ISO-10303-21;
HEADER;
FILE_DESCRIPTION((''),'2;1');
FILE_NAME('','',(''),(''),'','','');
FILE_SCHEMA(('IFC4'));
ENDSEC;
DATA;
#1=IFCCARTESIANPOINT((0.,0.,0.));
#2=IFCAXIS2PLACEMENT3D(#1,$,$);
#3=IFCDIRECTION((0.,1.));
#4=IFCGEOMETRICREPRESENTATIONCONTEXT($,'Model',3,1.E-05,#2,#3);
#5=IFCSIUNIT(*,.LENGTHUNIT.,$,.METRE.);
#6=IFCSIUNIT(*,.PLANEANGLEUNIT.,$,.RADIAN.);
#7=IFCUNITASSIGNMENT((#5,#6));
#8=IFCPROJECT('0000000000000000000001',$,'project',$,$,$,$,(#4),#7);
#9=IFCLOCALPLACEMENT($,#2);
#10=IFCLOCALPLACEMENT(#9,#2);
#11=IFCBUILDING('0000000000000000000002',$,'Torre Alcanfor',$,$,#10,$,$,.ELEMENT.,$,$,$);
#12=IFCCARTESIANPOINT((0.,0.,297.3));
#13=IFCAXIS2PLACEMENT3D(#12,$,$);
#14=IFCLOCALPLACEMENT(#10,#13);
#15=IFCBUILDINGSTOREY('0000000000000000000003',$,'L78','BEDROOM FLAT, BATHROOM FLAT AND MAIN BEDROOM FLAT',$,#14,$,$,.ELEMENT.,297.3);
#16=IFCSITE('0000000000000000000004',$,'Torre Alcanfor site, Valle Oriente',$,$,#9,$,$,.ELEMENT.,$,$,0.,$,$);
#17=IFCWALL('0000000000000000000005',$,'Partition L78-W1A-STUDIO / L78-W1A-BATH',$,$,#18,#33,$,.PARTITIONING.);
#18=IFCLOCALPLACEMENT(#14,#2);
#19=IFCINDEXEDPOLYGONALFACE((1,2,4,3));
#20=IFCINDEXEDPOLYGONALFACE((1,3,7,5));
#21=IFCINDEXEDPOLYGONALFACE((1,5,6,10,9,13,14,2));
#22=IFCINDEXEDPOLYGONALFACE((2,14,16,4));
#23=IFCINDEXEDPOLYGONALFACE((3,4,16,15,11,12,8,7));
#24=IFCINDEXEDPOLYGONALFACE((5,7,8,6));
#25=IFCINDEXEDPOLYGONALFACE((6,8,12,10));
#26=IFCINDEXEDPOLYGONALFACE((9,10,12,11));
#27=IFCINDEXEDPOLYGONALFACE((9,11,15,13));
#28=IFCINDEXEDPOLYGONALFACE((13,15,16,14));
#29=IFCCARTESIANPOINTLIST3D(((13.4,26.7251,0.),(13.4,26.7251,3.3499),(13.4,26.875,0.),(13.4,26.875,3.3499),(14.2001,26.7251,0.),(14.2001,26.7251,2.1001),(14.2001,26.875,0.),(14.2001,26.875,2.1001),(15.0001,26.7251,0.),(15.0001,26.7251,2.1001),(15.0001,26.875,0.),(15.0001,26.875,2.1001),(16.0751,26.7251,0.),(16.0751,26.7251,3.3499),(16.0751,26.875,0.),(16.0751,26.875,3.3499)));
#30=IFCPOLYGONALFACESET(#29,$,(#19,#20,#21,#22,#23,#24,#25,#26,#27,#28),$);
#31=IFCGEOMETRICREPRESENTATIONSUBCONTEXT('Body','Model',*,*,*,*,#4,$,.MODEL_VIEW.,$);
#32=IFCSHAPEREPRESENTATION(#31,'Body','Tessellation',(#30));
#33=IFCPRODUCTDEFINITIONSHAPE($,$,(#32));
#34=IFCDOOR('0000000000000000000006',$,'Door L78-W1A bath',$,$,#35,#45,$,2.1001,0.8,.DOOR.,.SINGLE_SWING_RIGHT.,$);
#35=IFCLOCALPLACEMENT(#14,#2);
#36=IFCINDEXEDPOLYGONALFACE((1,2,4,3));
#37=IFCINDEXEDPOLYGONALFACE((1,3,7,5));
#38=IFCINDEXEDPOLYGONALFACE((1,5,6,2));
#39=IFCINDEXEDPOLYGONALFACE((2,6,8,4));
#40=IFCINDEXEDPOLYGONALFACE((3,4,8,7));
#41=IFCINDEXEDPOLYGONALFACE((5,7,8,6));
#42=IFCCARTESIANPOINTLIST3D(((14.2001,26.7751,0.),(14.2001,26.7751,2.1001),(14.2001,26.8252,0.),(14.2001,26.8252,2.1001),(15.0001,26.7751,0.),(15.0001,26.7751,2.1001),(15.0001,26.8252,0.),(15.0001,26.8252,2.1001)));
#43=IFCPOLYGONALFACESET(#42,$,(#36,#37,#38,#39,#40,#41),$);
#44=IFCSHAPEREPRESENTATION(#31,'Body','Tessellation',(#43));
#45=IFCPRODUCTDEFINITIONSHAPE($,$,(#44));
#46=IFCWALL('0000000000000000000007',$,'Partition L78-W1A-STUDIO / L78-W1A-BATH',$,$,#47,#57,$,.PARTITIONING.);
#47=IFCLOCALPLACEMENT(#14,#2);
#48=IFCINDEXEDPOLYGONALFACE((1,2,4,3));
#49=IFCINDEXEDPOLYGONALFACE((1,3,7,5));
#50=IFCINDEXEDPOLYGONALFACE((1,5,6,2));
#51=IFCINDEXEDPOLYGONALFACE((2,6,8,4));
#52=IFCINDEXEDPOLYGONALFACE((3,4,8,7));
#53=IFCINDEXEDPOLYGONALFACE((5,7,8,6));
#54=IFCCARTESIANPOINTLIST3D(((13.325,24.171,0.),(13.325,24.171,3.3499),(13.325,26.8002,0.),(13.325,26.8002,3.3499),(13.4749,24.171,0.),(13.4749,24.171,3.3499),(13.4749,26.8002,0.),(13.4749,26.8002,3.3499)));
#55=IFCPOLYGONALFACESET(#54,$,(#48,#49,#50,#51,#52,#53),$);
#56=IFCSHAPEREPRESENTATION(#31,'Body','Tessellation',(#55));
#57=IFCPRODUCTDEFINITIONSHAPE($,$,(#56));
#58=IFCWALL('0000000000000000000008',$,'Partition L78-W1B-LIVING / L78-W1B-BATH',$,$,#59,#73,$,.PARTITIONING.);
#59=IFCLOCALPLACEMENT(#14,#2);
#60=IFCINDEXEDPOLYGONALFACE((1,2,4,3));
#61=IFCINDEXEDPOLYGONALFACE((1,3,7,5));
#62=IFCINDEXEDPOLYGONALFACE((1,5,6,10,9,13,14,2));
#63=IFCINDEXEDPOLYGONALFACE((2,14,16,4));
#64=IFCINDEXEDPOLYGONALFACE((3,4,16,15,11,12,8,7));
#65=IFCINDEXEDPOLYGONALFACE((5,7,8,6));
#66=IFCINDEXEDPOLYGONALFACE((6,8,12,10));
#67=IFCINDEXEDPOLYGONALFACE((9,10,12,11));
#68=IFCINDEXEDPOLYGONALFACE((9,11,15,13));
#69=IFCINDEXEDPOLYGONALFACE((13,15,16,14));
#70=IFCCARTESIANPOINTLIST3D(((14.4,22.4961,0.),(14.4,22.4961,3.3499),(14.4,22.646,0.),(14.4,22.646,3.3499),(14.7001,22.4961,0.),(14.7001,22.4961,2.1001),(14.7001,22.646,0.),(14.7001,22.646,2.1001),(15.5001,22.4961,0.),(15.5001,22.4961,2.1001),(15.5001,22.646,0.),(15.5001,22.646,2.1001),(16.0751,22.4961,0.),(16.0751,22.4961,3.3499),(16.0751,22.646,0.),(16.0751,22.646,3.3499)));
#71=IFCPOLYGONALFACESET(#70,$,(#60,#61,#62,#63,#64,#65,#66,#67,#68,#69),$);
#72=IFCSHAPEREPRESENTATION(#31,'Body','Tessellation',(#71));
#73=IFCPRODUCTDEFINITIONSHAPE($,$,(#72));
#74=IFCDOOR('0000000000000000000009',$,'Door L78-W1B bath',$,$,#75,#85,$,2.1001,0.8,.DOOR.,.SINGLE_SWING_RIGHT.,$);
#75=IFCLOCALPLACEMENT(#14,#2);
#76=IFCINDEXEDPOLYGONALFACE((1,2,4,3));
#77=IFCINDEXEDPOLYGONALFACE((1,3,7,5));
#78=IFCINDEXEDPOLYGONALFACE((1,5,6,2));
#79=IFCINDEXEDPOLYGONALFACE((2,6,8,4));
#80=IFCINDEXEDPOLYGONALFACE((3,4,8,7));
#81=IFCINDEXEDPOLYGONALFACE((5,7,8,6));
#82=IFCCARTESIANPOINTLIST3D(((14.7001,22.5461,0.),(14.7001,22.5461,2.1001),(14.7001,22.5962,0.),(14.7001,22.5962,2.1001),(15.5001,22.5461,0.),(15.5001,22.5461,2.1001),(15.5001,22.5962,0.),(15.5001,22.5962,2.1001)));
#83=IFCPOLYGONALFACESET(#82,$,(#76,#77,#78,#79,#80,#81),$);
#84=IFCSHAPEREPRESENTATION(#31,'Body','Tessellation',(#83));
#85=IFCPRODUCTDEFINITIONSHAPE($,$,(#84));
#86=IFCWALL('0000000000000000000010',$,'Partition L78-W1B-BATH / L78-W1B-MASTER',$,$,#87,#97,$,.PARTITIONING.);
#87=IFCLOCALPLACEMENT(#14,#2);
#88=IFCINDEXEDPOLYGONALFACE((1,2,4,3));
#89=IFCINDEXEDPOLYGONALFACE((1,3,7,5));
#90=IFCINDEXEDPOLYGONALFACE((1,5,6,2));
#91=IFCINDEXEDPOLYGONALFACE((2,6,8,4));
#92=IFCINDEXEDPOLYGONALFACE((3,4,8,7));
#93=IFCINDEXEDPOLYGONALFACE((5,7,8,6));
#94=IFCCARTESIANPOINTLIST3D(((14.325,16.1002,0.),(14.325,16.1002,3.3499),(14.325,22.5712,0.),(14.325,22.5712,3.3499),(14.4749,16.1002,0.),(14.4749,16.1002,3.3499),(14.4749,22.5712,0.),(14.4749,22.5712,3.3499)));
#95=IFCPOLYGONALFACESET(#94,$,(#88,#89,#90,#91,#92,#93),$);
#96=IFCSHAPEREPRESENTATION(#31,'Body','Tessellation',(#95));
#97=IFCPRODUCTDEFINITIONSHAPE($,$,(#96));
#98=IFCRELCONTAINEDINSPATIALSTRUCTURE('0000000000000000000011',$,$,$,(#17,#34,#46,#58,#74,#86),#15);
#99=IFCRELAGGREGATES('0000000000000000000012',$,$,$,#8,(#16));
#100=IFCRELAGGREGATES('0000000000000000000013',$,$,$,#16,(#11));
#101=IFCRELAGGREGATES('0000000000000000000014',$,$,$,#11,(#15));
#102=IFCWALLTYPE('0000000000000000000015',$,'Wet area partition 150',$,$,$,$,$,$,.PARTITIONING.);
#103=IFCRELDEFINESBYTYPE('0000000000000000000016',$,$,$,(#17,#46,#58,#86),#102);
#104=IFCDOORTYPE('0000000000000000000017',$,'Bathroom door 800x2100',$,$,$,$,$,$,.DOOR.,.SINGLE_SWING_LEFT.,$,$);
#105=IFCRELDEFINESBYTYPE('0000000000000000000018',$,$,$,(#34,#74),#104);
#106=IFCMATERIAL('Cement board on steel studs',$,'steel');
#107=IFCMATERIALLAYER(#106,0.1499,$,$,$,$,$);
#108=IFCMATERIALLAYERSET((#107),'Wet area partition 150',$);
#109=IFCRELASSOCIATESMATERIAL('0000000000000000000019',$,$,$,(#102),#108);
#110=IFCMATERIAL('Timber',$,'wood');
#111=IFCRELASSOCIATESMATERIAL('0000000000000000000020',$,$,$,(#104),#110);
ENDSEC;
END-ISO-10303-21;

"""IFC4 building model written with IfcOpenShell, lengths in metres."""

from ifc_helpers import new_model, si_unit, direction, frame, frame_2d, origin, place, context, subcontext, project, spatial, rectangle, extrude, material, layer, layer_set, type_object, element, fill, save


model = new_model("IFC4")

# Units and contexts
model_context = context("Model", 3, precision=1e-05, world=origin(), true_north=direction((0.0, 1.0)))
body_context = subcontext(model_context, "Body", "Model", "MODEL_VIEW")
ifc_project = project(units=[si_unit("LENGTHUNIT", "METRE"), si_unit("PLANEANGLEUNIT", "RADIAN")], contexts=[model_context])

# Site, building, storey
site_placement = place(None, origin())
site = spatial("IfcSite", under=ifc_project, at=site_placement, Name="Torre Alcanfor site, Valle Oriente", CompositionType="ELEMENT", RefElevation=0.0)
building_placement = place(site_placement, origin())
building = spatial("IfcBuilding", under=site, at=building_placement, Name="Torre Alcanfor", CompositionType="ELEMENT")
storey_placement = place(building_placement, frame((0.0, 0.0, 297.3)))
storey = spatial("IfcBuildingStorey", under=building, at=storey_placement, Name="L78", Description="BEDROOM FLAT, BATHROOM FLAT AND MAIN BEDROOM FLAT", CompositionType="ELEMENT", Elevation=297.3)

# Wall, opening, door
ifc_material_1 = material(Name="Cement board on steel studs", Category="steel")
ifc_layer_1 = layer(ifc_material_1, 0.1499)
ifc_layer_set_1 = layer_set([ifc_layer_1], Name="Wet area partition 150")
wall_type_1 = type_object("IfcWallType", Name="Wet area partition 150", PredefinedType="PARTITIONING", material=ifc_layer_set_1)
wall_1_placement = place(storey_placement, frame((16.075, 26.8, 0.0), z_axis=(0.0, 0.0, 1.0), x_axis=(-1.0, 0.0, 0.0)))
wall_1 = element("IfcWall", 1, at=wall_1_placement, inside=storey, type_object=wall_type_1, Name="Partition L78-W1A-STUDIO / L78-W1A-BATH", PredefinedType="PARTITIONING", context=body_context, shape_type="SweptSolid", body=[
    extrude(rectangle(XDim=2.675, YDim=0.1499, at=frame_2d((1.3374, 0.0))), origin(), (0.0, 0.0, 1.0), 3.3499),
])
opening_1_placement = place(wall_1_placement, frame((1.075, 0.0, 0.0)))
opening_1 = element("IfcOpeningElement", 2, at=opening_1_placement, cuts=wall_1, PredefinedType="OPENING", context=body_context, shape_type="SweptSolid", body=[
    extrude(rectangle(XDim=0.8, YDim=2.1001, at=frame_2d((0.3999, 1.05))), frame((0.0, 0.085, 0.0), z_axis=(0.0, -1.0, 0.0), x_axis=(1.0, 0.0, 0.0)), (0.0, 0.0, 1.0), 0.1699),
])
ifc_material_2 = material(Name="Timber", Category="wood")
door_type_1 = type_object("IfcDoorType", Name="Bathroom door 800x2100", OperationType="SINGLE_SWING_LEFT", PredefinedType="DOOR", material=ifc_material_2)
door_1_placement = place(opening_1_placement, origin())
door_1 = element("IfcDoor", 3, at=door_1_placement, inside=storey, type_object=door_type_1, Name="Door L78-W1A bath", OperationType="SINGLE_SWING_RIGHT", OverallHeight=2.1001, OverallWidth=0.8, PredefinedType="DOOR", context=body_context, shape_type="SweptSolid", body=[
    extrude(rectangle(XDim=0.8, YDim=2.1001, at=frame_2d((0.3999, 1.05))), frame((0.0, 0.0249, 0.0), z_axis=(0.0, -1.0, 0.0), x_axis=(1.0, 0.0, 0.0)), (0.0, 0.0, 1.0), 0.05),
])
fill(opening_1, door_1)

# Wall
wall_2_placement = place(storey_placement, frame((13.3999, 26.8, 0.0), z_axis=(0.0, 0.0, 1.0), x_axis=(0.0, -1.0, 0.0)))
element("IfcWall", 4, at=wall_2_placement, inside=storey, type_object=wall_type_1, Name="Partition L78-W1A-STUDIO / L78-W1A-BATH", PredefinedType="PARTITIONING", context=body_context, shape_type="SweptSolid", body=[
    extrude(rectangle(XDim=2.6292, YDim=0.1499, at=frame_2d((1.3145, 0.0))), origin(), (0.0, 0.0, 1.0), 3.3499),
])

# Wall, opening, door
wall_3_placement = place(storey_placement, frame((16.075, 22.571, 0.0), z_axis=(0.0, 0.0, 1.0), x_axis=(-1.0, 0.0, 0.0)))
wall_3 = element("IfcWall", 5, at=wall_3_placement, inside=storey, type_object=wall_type_1, Name="Partition L78-W1B-LIVING / L78-W1B-BATH", PredefinedType="PARTITIONING", context=body_context, shape_type="SweptSolid", body=[
    extrude(rectangle(XDim=1.675, YDim=0.1499, at=frame_2d((0.8374, 0.0))), origin(), (0.0, 0.0, 1.0), 3.3499),
])
opening_2_placement = place(wall_3_placement, frame((0.575, 0.0, 0.0)))
opening_2 = element("IfcOpeningElement", 6, at=opening_2_placement, cuts=wall_3, PredefinedType="OPENING", context=body_context, shape_type="SweptSolid", body=[
    extrude(rectangle(XDim=0.8, YDim=2.1001, at=frame_2d((0.3999, 1.05))), frame((0.0, 0.085, 0.0), z_axis=(0.0, -1.0, 0.0), x_axis=(1.0, 0.0, 0.0)), (0.0, 0.0, 1.0), 0.1699),
])
door_2_placement = place(opening_2_placement, origin())
door_2 = element("IfcDoor", 7, at=door_2_placement, inside=storey, type_object=door_type_1, Name="Door L78-W1B bath", OperationType="SINGLE_SWING_RIGHT", OverallHeight=2.1001, OverallWidth=0.8, PredefinedType="DOOR", context=body_context, shape_type="SweptSolid", body=[
    extrude(rectangle(XDim=0.8, YDim=2.1001, at=frame_2d((0.3999, 1.05))), frame((0.0, 0.0249, 0.0), z_axis=(0.0, -1.0, 0.0), x_axis=(1.0, 0.0, 0.0)), (0.0, 0.0, 1.0), 0.05),
])
fill(opening_2, door_2)

# Wall
wall_4_placement = place(storey_placement, frame((14.3999, 22.571, 0.0), z_axis=(0.0, 0.0, 1.0), x_axis=(0.0, -1.0, 0.0)))
element("IfcWall", 8, at=wall_4_placement, inside=storey, type_object=wall_type_1, Name="Partition L78-W1B-BATH / L78-W1B-MASTER", PredefinedType="PARTITIONING", context=body_context, shape_type="SweptSolid", body=[
    extrude(rectangle(XDim=6.4709, YDim=0.1499, at=frame_2d((3.2354, 0.0))), origin(), (0.0, 0.0, 1.0), 3.3499),
])

save(model, "model.ifc")
